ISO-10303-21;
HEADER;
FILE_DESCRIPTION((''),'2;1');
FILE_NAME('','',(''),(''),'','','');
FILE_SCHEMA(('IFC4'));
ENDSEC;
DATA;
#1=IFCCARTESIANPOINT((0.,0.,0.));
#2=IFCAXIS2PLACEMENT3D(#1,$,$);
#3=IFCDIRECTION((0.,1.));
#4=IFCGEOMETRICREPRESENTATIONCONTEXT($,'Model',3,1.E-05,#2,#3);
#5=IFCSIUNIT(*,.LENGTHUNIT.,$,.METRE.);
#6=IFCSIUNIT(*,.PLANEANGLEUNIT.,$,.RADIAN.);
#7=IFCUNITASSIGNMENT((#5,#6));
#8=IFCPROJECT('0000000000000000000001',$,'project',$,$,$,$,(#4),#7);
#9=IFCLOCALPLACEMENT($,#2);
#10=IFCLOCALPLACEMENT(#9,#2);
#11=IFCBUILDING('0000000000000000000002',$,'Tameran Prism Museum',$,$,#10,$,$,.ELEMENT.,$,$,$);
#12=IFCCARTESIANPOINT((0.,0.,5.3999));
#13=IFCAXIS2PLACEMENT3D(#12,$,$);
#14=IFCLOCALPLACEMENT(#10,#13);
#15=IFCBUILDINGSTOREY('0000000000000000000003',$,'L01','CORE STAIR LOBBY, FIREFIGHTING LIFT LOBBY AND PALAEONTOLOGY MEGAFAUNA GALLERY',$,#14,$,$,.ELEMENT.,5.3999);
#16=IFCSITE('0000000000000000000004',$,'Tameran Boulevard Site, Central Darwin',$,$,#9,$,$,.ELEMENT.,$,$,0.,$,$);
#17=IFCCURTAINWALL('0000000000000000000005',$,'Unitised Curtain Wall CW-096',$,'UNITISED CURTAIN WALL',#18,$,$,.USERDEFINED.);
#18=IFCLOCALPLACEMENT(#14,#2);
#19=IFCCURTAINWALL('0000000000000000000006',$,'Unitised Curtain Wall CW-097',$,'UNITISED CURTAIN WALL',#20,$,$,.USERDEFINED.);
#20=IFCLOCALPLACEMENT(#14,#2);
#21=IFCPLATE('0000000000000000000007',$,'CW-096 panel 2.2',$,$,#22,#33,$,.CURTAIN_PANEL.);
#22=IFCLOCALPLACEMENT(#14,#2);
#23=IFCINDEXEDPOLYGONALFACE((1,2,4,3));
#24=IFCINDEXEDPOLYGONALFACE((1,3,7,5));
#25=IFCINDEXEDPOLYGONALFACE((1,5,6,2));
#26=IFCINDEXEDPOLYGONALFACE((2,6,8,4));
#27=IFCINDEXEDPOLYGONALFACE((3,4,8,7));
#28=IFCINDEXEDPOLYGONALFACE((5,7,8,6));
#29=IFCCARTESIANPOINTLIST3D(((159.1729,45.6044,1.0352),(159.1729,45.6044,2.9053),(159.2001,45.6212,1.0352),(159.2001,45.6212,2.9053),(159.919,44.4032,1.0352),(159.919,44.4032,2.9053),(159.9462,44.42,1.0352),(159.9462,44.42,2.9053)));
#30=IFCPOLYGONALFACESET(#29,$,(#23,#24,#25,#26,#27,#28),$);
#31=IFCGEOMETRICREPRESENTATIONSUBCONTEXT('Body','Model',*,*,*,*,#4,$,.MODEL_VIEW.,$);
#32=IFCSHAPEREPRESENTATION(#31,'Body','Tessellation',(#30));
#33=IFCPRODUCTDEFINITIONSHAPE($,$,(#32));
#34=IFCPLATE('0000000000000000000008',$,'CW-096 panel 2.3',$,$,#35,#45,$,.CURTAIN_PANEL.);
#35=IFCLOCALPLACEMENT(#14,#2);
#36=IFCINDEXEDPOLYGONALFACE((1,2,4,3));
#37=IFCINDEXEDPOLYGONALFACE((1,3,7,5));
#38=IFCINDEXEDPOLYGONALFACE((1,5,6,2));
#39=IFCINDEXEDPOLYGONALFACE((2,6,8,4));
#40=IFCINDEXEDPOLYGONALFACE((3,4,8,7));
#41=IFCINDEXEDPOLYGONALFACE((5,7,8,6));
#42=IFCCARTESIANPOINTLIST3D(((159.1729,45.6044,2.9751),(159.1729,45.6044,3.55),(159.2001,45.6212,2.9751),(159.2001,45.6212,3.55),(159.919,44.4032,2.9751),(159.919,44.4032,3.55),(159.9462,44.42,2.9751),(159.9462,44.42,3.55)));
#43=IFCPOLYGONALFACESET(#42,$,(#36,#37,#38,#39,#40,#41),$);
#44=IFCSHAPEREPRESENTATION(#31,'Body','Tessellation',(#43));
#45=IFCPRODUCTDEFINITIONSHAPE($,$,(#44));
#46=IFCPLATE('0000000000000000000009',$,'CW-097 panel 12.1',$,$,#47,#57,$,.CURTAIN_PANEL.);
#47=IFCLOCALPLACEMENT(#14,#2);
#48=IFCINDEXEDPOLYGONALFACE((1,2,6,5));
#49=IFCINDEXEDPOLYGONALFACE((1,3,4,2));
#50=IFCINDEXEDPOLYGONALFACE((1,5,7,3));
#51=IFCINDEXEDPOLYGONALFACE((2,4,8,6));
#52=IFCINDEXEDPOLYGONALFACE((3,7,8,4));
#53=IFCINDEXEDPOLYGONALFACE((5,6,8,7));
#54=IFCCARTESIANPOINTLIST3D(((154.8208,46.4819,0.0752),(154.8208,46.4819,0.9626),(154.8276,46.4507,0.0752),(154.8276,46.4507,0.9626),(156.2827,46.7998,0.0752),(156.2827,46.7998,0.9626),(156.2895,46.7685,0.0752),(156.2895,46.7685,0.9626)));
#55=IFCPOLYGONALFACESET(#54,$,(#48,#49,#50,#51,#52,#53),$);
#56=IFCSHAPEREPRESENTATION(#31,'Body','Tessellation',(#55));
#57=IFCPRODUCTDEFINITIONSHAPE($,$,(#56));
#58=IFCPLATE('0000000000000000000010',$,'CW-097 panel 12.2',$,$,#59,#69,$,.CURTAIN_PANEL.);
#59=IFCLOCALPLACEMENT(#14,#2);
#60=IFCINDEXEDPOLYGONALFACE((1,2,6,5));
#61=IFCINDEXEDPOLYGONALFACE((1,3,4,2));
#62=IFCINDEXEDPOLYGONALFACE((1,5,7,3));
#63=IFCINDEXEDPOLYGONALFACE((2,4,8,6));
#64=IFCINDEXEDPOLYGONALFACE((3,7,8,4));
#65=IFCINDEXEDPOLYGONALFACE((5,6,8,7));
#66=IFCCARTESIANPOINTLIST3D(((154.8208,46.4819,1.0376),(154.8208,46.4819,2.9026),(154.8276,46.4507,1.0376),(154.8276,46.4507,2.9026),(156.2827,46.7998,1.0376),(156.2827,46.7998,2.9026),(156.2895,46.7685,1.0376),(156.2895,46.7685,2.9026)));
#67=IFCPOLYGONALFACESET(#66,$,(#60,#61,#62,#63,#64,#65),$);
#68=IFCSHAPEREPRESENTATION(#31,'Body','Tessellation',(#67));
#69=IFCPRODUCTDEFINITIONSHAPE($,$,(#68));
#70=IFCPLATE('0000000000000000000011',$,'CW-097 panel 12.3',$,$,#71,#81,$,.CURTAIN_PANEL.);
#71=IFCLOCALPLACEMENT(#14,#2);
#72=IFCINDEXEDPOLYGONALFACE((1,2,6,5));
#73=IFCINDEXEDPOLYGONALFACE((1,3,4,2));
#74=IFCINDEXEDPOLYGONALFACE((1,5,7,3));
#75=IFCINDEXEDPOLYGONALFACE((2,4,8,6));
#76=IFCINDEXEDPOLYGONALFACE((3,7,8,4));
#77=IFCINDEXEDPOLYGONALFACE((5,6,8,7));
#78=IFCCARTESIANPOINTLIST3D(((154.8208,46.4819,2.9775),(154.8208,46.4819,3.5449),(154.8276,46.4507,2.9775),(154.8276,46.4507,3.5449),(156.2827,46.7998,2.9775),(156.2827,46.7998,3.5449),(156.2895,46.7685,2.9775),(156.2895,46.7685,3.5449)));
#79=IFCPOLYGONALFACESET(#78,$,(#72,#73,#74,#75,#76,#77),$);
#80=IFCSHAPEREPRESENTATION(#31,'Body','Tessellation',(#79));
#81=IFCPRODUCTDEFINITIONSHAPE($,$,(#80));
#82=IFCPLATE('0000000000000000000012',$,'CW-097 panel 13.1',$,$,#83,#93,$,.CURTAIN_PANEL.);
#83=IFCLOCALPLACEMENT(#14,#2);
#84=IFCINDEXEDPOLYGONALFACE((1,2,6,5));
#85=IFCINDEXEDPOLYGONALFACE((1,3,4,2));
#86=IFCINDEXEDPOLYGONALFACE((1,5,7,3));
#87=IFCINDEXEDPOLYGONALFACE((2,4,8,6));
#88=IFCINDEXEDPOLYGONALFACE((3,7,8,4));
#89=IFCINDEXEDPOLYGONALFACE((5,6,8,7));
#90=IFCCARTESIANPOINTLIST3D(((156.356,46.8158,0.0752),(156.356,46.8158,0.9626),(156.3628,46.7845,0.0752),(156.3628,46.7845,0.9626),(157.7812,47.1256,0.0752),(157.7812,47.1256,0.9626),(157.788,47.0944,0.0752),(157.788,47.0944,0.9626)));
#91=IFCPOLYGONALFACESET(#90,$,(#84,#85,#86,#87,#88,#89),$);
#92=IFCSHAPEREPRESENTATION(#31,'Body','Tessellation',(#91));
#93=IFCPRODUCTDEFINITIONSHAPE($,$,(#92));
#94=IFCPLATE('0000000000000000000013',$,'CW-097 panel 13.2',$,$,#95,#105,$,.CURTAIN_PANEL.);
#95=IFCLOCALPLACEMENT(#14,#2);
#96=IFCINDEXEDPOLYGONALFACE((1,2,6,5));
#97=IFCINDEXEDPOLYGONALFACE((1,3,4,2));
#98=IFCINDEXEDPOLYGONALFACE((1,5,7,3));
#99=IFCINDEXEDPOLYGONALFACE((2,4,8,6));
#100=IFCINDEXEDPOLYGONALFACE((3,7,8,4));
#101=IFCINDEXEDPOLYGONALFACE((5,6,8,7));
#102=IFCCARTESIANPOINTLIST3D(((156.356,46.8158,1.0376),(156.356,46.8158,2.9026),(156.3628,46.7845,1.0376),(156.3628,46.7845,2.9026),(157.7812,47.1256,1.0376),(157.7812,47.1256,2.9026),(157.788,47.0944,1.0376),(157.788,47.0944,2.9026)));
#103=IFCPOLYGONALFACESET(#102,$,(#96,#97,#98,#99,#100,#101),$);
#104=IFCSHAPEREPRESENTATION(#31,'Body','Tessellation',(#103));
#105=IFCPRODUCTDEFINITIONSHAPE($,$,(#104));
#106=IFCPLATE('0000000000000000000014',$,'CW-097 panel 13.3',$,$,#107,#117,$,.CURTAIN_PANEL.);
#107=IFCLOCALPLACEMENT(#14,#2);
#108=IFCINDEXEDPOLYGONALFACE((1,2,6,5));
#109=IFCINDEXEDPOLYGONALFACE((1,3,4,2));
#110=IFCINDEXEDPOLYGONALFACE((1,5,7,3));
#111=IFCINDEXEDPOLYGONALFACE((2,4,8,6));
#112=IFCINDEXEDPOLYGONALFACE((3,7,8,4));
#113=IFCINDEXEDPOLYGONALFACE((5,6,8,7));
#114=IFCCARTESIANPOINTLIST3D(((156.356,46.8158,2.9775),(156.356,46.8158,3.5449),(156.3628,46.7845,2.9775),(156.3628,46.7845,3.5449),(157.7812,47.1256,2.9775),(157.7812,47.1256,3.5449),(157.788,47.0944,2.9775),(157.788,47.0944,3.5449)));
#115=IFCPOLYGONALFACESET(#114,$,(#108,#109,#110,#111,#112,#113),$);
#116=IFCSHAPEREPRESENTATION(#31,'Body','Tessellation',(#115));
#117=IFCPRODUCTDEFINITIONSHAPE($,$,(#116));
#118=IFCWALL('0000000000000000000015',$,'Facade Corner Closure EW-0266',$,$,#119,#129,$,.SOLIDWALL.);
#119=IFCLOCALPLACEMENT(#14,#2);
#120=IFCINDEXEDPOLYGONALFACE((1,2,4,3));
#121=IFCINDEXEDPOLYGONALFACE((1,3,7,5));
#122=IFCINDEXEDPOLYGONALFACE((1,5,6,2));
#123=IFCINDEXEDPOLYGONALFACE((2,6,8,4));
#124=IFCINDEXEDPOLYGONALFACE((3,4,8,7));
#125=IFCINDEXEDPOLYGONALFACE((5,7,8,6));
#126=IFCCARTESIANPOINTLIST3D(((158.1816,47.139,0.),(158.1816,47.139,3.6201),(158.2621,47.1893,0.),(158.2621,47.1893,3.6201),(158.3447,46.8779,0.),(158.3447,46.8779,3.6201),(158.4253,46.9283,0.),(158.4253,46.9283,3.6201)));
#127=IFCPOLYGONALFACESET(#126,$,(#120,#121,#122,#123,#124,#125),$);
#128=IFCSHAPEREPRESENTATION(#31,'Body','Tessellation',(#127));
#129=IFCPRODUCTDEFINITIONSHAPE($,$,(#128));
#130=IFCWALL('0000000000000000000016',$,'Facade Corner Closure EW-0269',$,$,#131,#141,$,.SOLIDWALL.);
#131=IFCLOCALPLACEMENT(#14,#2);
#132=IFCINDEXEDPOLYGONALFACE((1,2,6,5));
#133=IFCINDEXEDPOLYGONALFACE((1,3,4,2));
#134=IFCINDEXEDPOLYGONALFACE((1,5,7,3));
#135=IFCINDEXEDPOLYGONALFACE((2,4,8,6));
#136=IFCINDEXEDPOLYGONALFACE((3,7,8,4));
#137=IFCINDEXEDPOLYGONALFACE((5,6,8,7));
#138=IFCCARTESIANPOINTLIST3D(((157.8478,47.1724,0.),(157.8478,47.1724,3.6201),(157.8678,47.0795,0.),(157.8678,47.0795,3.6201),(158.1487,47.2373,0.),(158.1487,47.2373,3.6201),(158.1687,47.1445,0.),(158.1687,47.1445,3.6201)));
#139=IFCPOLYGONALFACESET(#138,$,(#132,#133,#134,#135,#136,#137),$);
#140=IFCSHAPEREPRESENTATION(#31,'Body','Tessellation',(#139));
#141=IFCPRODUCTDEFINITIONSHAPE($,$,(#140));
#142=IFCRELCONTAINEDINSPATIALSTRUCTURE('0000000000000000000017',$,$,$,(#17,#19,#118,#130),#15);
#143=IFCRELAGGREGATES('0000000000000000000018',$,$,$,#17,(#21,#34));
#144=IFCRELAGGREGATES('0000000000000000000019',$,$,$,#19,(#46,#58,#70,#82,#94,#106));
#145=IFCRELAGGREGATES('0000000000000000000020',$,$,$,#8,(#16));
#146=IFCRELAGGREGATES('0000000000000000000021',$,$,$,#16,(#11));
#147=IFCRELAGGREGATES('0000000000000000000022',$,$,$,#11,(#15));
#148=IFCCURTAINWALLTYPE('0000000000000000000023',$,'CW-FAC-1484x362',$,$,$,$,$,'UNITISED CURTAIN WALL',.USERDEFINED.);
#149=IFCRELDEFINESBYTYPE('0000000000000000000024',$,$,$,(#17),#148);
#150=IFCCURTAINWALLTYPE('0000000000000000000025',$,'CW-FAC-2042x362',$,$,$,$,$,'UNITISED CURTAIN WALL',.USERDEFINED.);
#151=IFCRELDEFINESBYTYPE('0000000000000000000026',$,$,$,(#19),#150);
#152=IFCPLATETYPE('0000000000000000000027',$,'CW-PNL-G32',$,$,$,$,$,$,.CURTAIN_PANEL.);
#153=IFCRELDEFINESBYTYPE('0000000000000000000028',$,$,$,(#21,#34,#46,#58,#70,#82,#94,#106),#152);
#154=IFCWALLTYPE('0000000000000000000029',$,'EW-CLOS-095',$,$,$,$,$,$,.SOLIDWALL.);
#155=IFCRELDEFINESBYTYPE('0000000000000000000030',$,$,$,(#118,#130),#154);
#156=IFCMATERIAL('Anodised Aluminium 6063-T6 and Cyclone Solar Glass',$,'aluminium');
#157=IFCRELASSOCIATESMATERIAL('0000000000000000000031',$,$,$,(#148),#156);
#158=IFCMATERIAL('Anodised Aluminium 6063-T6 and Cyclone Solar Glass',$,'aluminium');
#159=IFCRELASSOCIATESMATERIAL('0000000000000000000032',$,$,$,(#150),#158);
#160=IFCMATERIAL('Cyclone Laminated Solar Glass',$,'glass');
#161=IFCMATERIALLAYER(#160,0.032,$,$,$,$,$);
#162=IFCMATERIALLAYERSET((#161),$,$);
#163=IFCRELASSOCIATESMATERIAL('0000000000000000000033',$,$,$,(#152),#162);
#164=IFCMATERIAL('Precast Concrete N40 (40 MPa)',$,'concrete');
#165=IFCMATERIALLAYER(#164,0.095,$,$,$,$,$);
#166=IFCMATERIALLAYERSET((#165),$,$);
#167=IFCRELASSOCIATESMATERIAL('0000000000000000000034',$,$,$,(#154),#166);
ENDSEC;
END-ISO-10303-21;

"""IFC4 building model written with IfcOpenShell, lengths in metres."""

from ifc_helpers import new_model, si_unit, direction, frame, frame_2d, origin, origin_2d, place, context, subcontext, project, spatial, rectangle, extrude, material, layer, layer_set, type_object, element, aggregate, save


model = new_model("IFC4")

# Units and contexts
model_context = context("Model", 3, precision=1e-05, world=origin(), true_north=direction((0.0, 1.0)))
body_context = subcontext(model_context, "Body", "Model", "MODEL_VIEW")
ifc_project = project(units=[si_unit("LENGTHUNIT", "METRE"), si_unit("PLANEANGLEUNIT", "RADIAN")], contexts=[model_context])

# Site, building, storey
site_placement = place(None, origin())
site = spatial("IfcSite", under=ifc_project, at=site_placement, Name="Tameran Boulevard Site, Central Darwin", CompositionType="ELEMENT", RefElevation=0.0)
building_placement = place(site_placement, origin())
building = spatial("IfcBuilding", under=site, at=building_placement, Name="Tameran Prism Museum", CompositionType="ELEMENT")
storey_placement = place(building_placement, frame((0.0, 0.0, 5.3999)))
storey = spatial("IfcBuildingStorey", under=building, at=storey_placement, Name="L01", Description="CORE STAIR LOBBY, FIREFIGHTING LIFT LOBBY AND PALAEONTOLOGY MEGAFAUNA GALLERY", CompositionType="ELEMENT", Elevation=5.3999)

# Curtain walls
ifc_material_1 = material(Name="Anodised Aluminium 6063-T6 and Cyclone Solar Glass", Category="aluminium")
curtain_wall_type_1 = type_object("IfcCurtainWallType", Name="CW-FAC-1484x362", ElementType="UNITISED CURTAIN WALL", PredefinedType="USERDEFINED", material=ifc_material_1)
curtain_wall_1_placement = place(storey_placement, origin())
curtain_wall_1 = element("IfcCurtainWall", 1, at=curtain_wall_1_placement, inside=storey, type_object=curtain_wall_type_1, Name="Unitised Curtain Wall CW-096", ObjectType="UNITISED CURTAIN WALL", PredefinedType="USERDEFINED")
ifc_material_2 = material(Name="Anodised Aluminium 6063-T6 and Cyclone Solar Glass", Category="aluminium")
curtain_wall_type_2 = type_object("IfcCurtainWallType", Name="CW-FAC-2042x362", ElementType="UNITISED CURTAIN WALL", PredefinedType="USERDEFINED", material=ifc_material_2)
curtain_wall_2_placement = place(storey_placement, origin())
curtain_wall_2 = element("IfcCurtainWall", 2, at=curtain_wall_2_placement, inside=storey, type_object=curtain_wall_type_2, Name="Unitised Curtain Wall CW-097", ObjectType="UNITISED CURTAIN WALL", PredefinedType="USERDEFINED")

# Plates
ifc_material_3 = material(Name="Cyclone Laminated Solar Glass", Category="glass")
ifc_layer_1 = layer(ifc_material_3, 0.032)
ifc_layer_set_1 = layer_set([ifc_layer_1])
plate_type = type_object("IfcPlateType", Name="CW-PNL-G32", PredefinedType="CURTAIN_PANEL", material=ifc_layer_set_1)
plate_1_placement = place(storey_placement, frame((159.5596, 45.0122, 1.0352), z_axis=(0.0, 0.0, 1.0), x_axis=(0.527635, -0.849471, 0.0)))
plate_1 = element("IfcPlate", 3, at=plate_1_placement, type_object=plate_type, Name="CW-096 panel 2.2", PredefinedType="CURTAIN_PANEL", context=body_context, shape_type="SweptSolid", body=[
    extrude(rectangle(XDim=1.4141, YDim=0.032, at=origin_2d()), origin(), (0.0, 0.0, 1.0), 1.8701),
])
plate_2_placement = place(storey_placement, frame((159.5596, 45.0122, 2.9751), z_axis=(0.0, 0.0, 1.0), x_axis=(0.527635, -0.849471, 0.0)))
plate_2 = element("IfcPlate", 4, at=plate_2_placement, type_object=plate_type, Name="CW-096 panel 2.3", PredefinedType="CURTAIN_PANEL", context=body_context, shape_type="SweptSolid", body=[
    extrude(rectangle(XDim=1.4141, YDim=0.032, at=origin_2d()), origin(), (0.0, 0.0, 1.0), 0.575),
])
aggregate(curtain_wall_1, [plate_1, plate_2])
plate_3_placement = place(storey_placement, frame((155.5552, 46.6252, 0.0752), z_axis=(0.0, 0.0, 1.0), x_axis=(0.977171, 0.212454, 0.0)))
plate_3 = element("IfcPlate", 5, at=plate_3_placement, type_object=plate_type, Name="CW-097 panel 12.1", PredefinedType="CURTAIN_PANEL", context=body_context, shape_type="SweptSolid", body=[
    extrude(rectangle(XDim=1.4961, YDim=0.032, at=origin_2d()), origin(), (0.0, 0.0, 1.0), 0.8875),
])
plate_4_placement = place(storey_placement, frame((155.5552, 46.6252, 1.0376), z_axis=(0.0, 0.0, 1.0), x_axis=(0.977171, 0.212454, 0.0)))
plate_4 = element("IfcPlate", 6, at=plate_4_placement, type_object=plate_type, Name="CW-097 panel 12.2", PredefinedType="CURTAIN_PANEL", context=body_context, shape_type="SweptSolid", body=[
    extrude(rectangle(XDim=1.4961, YDim=0.032, at=origin_2d()), origin(), (0.0, 0.0, 1.0), 1.865),
])
plate_5_placement = place(storey_placement, frame((155.5552, 46.6252, 2.9775), z_axis=(0.0, 0.0, 1.0), x_axis=(0.977171, 0.212454, 0.0)))
plate_5 = element("IfcPlate", 7, at=plate_5_placement, type_object=plate_type, Name="CW-097 panel 12.3", PredefinedType="CURTAIN_PANEL", context=body_context, shape_type="SweptSolid", body=[
    extrude(rectangle(XDim=1.4961, YDim=0.032, at=origin_2d()), origin(), (0.0, 0.0, 1.0), 0.5674),
])
plate_6_placement = place(storey_placement, frame((157.072, 46.9551, 0.0752), z_axis=(0.0, 0.0, 1.0), x_axis=(0.977171, 0.212454, 0.0)))
plate_6 = element("IfcPlate", 8, at=plate_6_placement, type_object=plate_type, Name="CW-097 panel 13.1", PredefinedType="CURTAIN_PANEL", context=body_context, shape_type="SweptSolid", body=[
    extrude(rectangle(XDim=1.4585, YDim=0.032, at=origin_2d()), origin(), (0.0, 0.0, 1.0), 0.8875),
])
plate_7_placement = place(storey_placement, frame((157.072, 46.9551, 1.0376), z_axis=(0.0, 0.0, 1.0), x_axis=(0.977171, 0.212454, 0.0)))
plate_7 = element("IfcPlate", 9, at=plate_7_placement, type_object=plate_type, Name="CW-097 panel 13.2", PredefinedType="CURTAIN_PANEL", context=body_context, shape_type="SweptSolid", body=[
    extrude(rectangle(XDim=1.4585, YDim=0.032, at=origin_2d()), origin(), (0.0, 0.0, 1.0), 1.865),
])
plate_8_placement = place(storey_placement, frame((157.072, 46.9551, 2.9775), z_axis=(0.0, 0.0, 1.0), x_axis=(0.977171, 0.212454, 0.0)))
plate_8 = element("IfcPlate", 10, at=plate_8_placement, type_object=plate_type, Name="CW-097 panel 13.3", PredefinedType="CURTAIN_PANEL", context=body_context, shape_type="SweptSolid", body=[
    extrude(rectangle(XDim=1.4585, YDim=0.032, at=origin_2d()), origin(), (0.0, 0.0, 1.0), 0.5674),
])
aggregate(curtain_wall_2, [plate_3, plate_4, plate_5, plate_6, plate_7, plate_8])

# Walls
ifc_material_4 = material(Name="Precast Concrete N40 (40 MPa)", Category="concrete")
ifc_layer_2 = layer(ifc_material_4, 0.095)
ifc_layer_set_2 = layer_set([ifc_layer_2])
wall_type = type_object("IfcWallType", Name="EW-CLOS-095", PredefinedType="SOLIDWALL", material=ifc_layer_set_2)
for number, where, z_axis, x_axis, name in (
    (11, (158.2219, 47.1641, 0.0), (0.0, 0.0, 1.0), (0.529928, -0.848043, 0.0), "Facade Corner Closure EW-0266"),
    (12, (157.8579, 47.126, 0.0), (0.0, 0.0, 1.0), (0.977511, 0.210882, 0.0), "Facade Corner Closure EW-0269"),
):
    element("IfcWall", number, at=place(storey_placement, frame(where, z_axis=z_axis, x_axis=x_axis)), inside=storey, type_object=wall_type, Name=name, PredefinedType="SOLIDWALL", context=body_context, shape_type="SweptSolid", body=[
        extrude(rectangle(XDim=0.3079, YDim=0.095, at=frame_2d((0.1538, 0.0))), origin(), (0.0, 0.0, 1.0), 3.6201),
    ])

save(model, "model.ifc")
